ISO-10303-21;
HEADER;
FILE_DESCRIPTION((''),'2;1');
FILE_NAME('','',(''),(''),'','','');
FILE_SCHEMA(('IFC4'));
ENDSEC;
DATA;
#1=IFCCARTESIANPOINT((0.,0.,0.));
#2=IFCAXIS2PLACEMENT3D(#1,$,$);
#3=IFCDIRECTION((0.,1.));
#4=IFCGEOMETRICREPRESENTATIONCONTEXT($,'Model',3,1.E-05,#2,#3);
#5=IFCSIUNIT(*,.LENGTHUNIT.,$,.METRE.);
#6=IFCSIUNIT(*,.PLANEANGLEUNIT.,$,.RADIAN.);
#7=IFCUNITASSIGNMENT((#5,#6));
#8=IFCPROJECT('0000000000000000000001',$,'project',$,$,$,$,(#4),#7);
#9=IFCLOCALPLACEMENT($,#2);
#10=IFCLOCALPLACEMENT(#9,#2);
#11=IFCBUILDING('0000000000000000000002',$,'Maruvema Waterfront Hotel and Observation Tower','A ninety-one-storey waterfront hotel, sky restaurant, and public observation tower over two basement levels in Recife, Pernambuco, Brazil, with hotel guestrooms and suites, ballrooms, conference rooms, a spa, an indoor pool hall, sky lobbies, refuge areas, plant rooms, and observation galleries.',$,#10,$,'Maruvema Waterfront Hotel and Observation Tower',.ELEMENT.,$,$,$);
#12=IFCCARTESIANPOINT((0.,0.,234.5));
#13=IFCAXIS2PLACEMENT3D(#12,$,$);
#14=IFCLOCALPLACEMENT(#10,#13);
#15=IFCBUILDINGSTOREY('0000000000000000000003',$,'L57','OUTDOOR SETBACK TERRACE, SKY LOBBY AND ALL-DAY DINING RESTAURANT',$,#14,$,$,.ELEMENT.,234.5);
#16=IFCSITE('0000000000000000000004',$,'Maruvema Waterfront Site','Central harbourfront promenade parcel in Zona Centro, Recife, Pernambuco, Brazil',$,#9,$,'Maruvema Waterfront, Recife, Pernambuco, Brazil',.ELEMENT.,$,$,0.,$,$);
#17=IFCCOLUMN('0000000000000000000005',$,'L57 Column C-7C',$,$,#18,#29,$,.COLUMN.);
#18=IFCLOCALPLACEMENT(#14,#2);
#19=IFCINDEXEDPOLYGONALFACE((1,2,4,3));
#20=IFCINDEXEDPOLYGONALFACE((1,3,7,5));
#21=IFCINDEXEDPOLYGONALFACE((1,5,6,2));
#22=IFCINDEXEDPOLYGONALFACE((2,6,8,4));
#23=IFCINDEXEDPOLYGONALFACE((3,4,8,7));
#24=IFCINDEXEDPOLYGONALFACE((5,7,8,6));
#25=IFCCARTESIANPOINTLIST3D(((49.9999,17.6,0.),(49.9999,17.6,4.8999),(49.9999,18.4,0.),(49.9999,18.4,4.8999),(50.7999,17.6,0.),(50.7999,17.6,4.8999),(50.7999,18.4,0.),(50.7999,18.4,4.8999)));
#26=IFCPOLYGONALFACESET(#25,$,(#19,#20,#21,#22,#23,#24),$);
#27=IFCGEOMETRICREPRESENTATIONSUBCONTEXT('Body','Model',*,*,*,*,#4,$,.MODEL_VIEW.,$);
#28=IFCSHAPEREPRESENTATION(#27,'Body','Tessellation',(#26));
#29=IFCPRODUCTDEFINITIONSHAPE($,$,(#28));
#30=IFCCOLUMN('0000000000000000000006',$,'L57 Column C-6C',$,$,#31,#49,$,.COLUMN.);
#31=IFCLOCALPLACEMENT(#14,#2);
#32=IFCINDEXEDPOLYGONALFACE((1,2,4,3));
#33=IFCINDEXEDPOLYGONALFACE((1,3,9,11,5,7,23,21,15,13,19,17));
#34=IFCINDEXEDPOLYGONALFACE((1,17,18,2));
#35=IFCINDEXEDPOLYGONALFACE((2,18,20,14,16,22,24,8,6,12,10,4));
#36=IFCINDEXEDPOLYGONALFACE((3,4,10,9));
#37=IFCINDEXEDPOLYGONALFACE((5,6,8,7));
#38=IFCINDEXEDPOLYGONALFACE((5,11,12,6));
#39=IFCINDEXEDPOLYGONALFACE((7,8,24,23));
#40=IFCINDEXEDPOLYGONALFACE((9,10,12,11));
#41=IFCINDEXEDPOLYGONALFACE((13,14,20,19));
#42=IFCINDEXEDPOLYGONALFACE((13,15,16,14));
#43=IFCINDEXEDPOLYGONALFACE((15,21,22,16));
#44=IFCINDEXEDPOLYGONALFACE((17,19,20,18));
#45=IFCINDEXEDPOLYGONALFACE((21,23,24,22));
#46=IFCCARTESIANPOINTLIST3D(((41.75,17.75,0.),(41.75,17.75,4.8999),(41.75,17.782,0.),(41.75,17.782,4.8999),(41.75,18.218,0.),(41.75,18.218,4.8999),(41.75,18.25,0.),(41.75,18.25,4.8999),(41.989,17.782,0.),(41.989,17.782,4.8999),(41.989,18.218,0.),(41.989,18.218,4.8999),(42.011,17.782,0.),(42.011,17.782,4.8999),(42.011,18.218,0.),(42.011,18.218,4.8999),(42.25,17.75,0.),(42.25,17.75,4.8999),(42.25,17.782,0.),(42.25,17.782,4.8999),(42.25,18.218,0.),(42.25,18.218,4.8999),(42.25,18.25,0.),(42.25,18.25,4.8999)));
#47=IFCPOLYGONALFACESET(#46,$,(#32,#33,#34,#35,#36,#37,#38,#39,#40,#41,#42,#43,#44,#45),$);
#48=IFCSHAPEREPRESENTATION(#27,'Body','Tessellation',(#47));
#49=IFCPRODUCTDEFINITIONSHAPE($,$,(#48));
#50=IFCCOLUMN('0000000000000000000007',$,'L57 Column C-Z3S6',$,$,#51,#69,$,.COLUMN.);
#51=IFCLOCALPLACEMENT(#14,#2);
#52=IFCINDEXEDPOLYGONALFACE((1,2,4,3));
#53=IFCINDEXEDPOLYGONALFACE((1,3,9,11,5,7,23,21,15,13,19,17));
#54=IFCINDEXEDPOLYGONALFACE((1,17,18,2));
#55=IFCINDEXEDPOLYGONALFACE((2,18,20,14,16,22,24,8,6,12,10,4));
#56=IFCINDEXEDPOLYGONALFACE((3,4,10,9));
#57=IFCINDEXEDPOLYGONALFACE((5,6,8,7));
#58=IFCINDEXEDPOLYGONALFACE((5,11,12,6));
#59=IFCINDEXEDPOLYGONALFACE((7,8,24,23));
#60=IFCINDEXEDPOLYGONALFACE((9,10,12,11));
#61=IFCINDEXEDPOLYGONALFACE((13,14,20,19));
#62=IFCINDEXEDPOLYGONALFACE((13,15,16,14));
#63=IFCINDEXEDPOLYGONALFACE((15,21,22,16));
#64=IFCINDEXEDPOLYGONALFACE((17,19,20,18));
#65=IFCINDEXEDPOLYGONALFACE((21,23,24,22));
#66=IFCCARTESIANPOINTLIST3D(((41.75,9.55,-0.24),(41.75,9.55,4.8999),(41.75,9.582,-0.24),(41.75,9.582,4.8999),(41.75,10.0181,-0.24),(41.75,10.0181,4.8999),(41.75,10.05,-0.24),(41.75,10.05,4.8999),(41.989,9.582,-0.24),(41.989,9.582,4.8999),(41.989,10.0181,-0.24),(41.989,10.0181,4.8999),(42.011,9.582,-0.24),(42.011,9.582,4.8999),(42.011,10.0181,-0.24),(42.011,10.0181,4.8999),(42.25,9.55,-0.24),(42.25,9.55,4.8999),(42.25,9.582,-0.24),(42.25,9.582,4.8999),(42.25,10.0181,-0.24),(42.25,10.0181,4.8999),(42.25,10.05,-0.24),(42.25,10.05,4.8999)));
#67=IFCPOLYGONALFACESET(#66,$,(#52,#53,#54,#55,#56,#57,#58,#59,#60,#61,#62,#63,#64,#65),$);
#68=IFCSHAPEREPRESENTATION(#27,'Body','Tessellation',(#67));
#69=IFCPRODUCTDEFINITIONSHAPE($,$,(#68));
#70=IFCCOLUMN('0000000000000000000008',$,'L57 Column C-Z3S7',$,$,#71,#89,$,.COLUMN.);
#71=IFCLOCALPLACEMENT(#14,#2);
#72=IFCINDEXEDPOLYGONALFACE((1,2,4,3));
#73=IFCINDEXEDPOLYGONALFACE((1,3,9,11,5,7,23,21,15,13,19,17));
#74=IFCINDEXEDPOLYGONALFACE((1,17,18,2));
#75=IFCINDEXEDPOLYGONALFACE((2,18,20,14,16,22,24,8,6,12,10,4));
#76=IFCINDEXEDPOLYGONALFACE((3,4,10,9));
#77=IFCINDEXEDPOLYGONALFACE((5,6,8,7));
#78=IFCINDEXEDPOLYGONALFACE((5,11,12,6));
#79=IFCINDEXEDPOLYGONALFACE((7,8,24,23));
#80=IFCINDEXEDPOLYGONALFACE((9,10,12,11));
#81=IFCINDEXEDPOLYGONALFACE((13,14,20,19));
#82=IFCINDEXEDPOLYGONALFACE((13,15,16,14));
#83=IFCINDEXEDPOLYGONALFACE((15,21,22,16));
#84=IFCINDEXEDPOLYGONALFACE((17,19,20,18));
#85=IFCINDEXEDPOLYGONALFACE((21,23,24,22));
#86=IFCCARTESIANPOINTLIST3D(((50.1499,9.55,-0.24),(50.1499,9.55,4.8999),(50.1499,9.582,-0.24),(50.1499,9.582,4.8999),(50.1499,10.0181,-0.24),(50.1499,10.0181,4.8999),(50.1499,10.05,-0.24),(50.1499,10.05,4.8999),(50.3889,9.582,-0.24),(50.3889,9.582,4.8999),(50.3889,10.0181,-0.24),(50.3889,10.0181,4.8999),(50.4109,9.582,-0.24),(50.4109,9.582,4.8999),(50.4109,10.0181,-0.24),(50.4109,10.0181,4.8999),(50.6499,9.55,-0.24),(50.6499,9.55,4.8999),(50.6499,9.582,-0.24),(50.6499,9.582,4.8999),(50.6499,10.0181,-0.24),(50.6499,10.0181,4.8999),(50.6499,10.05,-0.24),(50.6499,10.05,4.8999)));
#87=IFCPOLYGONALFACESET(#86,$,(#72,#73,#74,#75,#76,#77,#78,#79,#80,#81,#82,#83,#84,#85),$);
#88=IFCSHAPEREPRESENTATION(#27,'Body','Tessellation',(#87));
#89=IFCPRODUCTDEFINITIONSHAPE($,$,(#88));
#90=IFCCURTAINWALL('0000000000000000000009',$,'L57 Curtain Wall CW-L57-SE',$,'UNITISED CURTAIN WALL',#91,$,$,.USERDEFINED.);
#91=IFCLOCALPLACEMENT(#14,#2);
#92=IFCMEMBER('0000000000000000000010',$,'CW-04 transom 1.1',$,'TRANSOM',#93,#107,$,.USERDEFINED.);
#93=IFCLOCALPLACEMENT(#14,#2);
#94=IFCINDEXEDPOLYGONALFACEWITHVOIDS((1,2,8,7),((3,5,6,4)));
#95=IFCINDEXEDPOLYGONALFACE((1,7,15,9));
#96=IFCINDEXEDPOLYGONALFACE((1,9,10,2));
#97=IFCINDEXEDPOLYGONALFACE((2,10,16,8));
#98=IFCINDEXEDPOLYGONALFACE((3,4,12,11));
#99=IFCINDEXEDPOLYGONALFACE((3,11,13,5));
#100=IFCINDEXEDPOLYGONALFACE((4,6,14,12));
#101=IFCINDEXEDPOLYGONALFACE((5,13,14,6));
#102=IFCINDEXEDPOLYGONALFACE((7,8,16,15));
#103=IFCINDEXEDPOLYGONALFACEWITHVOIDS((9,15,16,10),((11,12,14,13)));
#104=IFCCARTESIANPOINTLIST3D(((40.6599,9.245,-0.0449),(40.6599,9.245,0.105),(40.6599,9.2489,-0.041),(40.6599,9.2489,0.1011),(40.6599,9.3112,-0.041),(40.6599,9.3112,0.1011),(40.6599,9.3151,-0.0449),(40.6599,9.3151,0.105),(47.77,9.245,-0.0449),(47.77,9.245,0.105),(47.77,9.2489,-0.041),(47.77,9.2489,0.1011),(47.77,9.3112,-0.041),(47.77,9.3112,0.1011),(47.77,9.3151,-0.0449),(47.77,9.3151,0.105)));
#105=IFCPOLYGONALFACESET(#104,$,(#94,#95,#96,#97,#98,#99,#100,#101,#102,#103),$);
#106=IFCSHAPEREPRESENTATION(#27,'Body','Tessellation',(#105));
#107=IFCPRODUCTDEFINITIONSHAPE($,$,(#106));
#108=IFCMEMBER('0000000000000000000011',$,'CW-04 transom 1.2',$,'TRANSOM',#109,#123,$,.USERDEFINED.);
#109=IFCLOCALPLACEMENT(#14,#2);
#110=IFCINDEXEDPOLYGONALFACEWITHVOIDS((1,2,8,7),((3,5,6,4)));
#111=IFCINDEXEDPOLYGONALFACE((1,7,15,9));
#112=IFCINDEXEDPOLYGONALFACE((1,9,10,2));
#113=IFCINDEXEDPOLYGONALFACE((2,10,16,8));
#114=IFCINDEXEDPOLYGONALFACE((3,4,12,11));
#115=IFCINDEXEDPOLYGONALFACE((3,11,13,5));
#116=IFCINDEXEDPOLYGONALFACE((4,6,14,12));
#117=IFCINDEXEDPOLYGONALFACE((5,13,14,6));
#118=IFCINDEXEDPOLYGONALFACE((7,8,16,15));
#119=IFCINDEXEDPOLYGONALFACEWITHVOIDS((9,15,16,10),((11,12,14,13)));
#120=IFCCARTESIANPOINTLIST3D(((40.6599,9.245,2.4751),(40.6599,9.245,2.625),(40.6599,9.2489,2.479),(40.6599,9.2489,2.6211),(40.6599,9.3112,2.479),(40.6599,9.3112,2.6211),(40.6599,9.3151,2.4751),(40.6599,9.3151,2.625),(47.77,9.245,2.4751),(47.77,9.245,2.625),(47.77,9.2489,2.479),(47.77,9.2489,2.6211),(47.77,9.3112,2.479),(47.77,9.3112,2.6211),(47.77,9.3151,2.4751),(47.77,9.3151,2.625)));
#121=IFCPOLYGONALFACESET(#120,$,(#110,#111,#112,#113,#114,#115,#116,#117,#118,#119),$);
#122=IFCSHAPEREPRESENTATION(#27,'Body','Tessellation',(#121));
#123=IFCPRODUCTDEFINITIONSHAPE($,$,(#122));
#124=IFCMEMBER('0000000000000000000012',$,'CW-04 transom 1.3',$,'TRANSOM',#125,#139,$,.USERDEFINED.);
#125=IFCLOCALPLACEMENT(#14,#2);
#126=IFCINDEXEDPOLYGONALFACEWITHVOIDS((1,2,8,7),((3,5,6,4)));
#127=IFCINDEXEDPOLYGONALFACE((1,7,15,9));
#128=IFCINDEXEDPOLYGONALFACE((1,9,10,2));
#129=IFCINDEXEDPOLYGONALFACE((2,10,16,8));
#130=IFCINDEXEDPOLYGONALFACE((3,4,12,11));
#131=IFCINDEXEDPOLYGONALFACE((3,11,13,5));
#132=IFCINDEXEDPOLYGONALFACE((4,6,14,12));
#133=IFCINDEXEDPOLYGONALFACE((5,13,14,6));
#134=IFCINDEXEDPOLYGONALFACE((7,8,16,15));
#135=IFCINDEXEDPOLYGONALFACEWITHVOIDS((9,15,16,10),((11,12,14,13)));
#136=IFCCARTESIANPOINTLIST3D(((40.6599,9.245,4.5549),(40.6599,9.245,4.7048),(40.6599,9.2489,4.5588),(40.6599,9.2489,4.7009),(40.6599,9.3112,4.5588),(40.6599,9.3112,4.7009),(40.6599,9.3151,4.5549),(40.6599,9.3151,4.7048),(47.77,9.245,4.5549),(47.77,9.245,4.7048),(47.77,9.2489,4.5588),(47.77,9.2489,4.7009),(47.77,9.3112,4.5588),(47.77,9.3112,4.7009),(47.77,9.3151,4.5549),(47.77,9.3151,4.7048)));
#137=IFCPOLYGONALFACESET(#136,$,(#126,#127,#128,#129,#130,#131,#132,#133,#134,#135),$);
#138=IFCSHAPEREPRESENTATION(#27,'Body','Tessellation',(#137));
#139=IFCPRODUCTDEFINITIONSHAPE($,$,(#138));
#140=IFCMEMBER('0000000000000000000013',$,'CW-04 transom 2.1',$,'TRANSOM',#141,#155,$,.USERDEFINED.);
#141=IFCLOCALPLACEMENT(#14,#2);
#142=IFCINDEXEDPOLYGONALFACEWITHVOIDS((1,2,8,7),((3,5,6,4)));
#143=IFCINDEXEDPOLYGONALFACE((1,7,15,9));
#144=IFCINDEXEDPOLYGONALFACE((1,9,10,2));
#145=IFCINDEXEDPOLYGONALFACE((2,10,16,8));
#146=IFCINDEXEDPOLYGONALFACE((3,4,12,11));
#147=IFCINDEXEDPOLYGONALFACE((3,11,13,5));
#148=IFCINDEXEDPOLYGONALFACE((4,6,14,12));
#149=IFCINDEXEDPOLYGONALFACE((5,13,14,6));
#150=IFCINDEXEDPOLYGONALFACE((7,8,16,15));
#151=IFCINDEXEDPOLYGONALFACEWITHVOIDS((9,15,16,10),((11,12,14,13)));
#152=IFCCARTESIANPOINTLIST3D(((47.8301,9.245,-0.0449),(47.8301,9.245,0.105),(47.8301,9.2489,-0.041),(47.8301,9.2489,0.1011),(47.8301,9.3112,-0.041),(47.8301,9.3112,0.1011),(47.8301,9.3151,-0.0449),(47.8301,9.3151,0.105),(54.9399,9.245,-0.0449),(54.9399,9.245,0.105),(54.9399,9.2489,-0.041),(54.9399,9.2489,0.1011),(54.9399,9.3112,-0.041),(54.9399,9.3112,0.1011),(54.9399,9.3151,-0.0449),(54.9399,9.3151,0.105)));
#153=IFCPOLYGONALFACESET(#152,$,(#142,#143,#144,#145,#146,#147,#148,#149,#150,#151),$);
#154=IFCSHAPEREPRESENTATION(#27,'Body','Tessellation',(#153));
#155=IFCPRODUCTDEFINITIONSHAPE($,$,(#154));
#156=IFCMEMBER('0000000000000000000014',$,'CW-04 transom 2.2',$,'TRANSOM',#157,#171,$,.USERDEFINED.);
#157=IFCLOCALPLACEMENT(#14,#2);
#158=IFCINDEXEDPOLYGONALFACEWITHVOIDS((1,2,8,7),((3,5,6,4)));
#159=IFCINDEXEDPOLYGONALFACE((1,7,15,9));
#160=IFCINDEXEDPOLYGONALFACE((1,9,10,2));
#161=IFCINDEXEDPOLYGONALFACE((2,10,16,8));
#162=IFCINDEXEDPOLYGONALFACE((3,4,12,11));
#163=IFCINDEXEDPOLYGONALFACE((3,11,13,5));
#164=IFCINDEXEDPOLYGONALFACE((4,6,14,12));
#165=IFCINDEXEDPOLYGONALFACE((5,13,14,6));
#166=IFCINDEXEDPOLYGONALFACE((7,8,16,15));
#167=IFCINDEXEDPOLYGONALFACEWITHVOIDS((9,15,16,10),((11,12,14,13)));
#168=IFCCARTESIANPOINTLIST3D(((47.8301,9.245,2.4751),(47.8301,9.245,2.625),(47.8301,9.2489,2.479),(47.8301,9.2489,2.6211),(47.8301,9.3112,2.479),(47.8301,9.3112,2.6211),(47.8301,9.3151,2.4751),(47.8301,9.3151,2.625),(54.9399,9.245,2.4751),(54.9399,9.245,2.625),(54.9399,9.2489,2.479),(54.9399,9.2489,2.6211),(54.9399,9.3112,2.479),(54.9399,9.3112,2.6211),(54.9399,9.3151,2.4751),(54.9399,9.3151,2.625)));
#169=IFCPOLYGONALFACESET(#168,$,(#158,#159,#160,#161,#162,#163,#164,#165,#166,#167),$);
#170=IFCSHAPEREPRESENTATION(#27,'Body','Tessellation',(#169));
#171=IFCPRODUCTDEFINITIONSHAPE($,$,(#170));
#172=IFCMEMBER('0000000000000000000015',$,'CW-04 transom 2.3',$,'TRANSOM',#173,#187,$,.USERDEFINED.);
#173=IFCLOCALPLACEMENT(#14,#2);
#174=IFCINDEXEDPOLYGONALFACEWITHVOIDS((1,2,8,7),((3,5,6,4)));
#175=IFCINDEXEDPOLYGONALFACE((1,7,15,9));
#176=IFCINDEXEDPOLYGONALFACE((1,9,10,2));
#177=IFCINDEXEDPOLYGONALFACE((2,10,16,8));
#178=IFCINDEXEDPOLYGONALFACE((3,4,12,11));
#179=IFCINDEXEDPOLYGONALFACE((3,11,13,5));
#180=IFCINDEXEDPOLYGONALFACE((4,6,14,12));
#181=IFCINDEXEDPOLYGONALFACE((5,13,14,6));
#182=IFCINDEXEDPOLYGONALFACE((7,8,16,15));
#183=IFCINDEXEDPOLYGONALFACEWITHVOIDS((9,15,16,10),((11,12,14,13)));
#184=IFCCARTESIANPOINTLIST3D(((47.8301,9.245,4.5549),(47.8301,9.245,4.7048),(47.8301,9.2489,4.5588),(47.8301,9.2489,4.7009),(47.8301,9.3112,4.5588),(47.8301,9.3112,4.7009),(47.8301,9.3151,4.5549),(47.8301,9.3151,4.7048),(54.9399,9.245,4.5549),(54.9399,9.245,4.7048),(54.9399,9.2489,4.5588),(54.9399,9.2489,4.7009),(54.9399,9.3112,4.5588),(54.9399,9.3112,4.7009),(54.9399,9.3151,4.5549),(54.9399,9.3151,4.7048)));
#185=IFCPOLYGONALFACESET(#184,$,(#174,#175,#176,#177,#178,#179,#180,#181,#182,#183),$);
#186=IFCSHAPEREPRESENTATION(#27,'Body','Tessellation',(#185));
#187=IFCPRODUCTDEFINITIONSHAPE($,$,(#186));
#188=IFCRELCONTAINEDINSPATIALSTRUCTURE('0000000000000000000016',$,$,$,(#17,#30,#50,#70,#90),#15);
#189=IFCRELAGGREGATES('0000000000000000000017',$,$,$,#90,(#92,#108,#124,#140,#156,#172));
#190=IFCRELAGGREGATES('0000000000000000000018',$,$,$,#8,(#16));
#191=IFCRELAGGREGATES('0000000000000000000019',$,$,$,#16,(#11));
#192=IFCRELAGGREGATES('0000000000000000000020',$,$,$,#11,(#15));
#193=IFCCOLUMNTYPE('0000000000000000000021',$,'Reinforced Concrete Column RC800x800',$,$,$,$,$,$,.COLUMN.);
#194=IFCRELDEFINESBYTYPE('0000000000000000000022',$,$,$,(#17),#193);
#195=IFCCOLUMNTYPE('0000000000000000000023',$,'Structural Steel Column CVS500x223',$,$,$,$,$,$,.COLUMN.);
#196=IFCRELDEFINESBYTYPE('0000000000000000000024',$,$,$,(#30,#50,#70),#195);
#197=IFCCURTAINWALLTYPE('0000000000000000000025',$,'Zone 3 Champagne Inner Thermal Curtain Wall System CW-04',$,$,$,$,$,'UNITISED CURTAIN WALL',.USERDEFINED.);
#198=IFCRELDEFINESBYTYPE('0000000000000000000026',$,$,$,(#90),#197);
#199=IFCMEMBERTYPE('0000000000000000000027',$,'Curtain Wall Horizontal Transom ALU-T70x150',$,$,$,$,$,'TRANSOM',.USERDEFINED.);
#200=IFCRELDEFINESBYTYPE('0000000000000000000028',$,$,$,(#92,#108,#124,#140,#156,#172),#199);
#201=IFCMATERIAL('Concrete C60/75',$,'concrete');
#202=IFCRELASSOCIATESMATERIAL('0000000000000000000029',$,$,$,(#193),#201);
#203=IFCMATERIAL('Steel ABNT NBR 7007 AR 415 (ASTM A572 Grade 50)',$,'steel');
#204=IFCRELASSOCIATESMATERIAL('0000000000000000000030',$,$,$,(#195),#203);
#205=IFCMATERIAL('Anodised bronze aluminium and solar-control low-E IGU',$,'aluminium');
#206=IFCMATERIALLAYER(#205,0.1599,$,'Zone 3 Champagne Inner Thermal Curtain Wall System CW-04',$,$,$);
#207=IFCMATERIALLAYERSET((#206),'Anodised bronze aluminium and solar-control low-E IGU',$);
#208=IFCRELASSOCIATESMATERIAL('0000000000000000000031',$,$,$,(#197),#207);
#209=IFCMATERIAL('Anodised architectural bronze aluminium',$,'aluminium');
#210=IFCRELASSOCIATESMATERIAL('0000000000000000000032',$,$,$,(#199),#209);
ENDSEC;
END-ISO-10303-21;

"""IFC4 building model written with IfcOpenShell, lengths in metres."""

from ifc_helpers import new_model, si_unit, direction, frame, origin, origin_2d, place, context, subcontext, project, spatial, rectangle, hollow_rectangle, i_section, extrude, material, layer, layer_set, material_profile, profile_set, type_object, element, aggregate, save


model = new_model("IFC4")

# Units and contexts
model_context = context("Model", 3, precision=1e-05, world=origin(), true_north=direction((0.0, 1.0)))
body_context = subcontext(model_context, "Body", "Model", "MODEL_VIEW")
ifc_project = project(units=[si_unit("LENGTHUNIT", "METRE"), si_unit("PLANEANGLEUNIT", "RADIAN")], contexts=[model_context])

# Site, building, storey
site_placement = place(None, origin())
site = spatial("IfcSite", under=ifc_project, at=site_placement, Name="Maruvema Waterfront Site", Description="Central harbourfront promenade parcel in Zona Centro, Recife, Pernambuco, Brazil", LongName="Maruvema Waterfront, Recife, Pernambuco, Brazil", CompositionType="ELEMENT", RefElevation=0.0)
building_placement = place(site_placement, origin())
building = spatial("IfcBuilding", under=site, at=building_placement, Name="Maruvema Waterfront Hotel and Observation Tower", Description="A ninety-one-storey waterfront hotel, sky restaurant, and public observation tower over two basement levels in Recife, Pernambuco, Brazil, with hotel guestrooms and suites, ballrooms, conference rooms, a spa, an indoor pool hall, sky lobbies, refuge areas, plant rooms, and observation galleries.", LongName="Maruvema Waterfront Hotel and Observation Tower", CompositionType="ELEMENT")
storey_placement = place(building_placement, frame((0.0, 0.0, 234.5)))
storey = spatial("IfcBuildingStorey", under=building, at=storey_placement, Name="L57", Description="OUTDOOR SETBACK TERRACE, SKY LOBBY AND ALL-DAY DINING RESTAURANT", CompositionType="ELEMENT", Elevation=234.5)

# Columns
ifc_material_1 = material(Name="Concrete C60/75", Category="concrete")
ifc_material_profile_1 = material_profile(ifc_material_1, rectangle(XDim=0.8, YDim=0.8, at=origin_2d()), Name="RC800x800")
ifc_profile_set_1 = profile_set([ifc_material_profile_1], Name="Concrete C60/75")
column_type_1 = type_object("IfcColumnType", Name="Reinforced Concrete Column RC800x800", PredefinedType="COLUMN", material=ifc_profile_set_1)
column_1_placement = place(storey_placement, frame((50.3999, 18.0, 0.0), z_axis=(0.0, 0.0, 1.0), x_axis=(1.0, 0.0, 0.0)))
element("IfcColumn", 1, at=column_1_placement, inside=storey, type_object=column_type_1, Name="L57 Column C-7C", PredefinedType="COLUMN", context=body_context, shape_type="SweptSolid", body=[
    extrude(rectangle(XDim=0.8, YDim=0.8, at=origin_2d()), origin(), (0.0, 0.0, 1.0), 4.8999),
])
ifc_material_2 = material(Name="Steel ABNT NBR 7007 AR 415 (ASTM A572 Grade 50)", Category="steel")
ifc_material_profile_2 = material_profile(ifc_material_2, i_section(OverallWidth=0.5, OverallDepth=0.5, WebThickness=0.022, FlangeThickness=0.032, at=origin_2d()), Name="CVS500x223")
ifc_profile_set_2 = profile_set([ifc_material_profile_2], Name="Steel ABNT NBR 7007 AR 415 (ASTM A572 Grade 50)")
column_type_2 = type_object("IfcColumnType", Name="Structural Steel Column CVS500x223", PredefinedType="COLUMN", material=ifc_profile_set_2)
column_2_placement = place(storey_placement, frame((42.0, 18.0, 0.0), z_axis=(0.0, 0.0, 1.0), x_axis=(1.0, 0.0, 0.0)))
element("IfcColumn", 2, at=column_2_placement, inside=storey, type_object=column_type_2, Name="L57 Column C-6C", PredefinedType="COLUMN", context=body_context, shape_type="SweptSolid", body=[
    extrude(i_section(OverallWidth=0.5, OverallDepth=0.5, WebThickness=0.022, FlangeThickness=0.032, at=origin_2d()), origin(), (0.0, 0.0, 1.0), 4.8999),
])
for number, where, z_axis, x_axis, name in (
    (3, (42.0, 9.8, -0.24), (0.0, 0.0, 1.0), (1.0, 0.0, 0.0), "L57 Column C-Z3S6"),
    (4, (50.3999, 9.8, -0.24), (0.0, 0.0, 1.0), (1.0, 0.0, 0.0), "L57 Column C-Z3S7"),
):
    element("IfcColumn", number, at=place(storey_placement, frame(where, z_axis=z_axis, x_axis=x_axis)), inside=storey, type_object=column_type_2, Name=name, PredefinedType="COLUMN", context=body_context, shape_type="SweptSolid", body=[
        extrude(i_section(OverallWidth=0.5, OverallDepth=0.5, WebThickness=0.022, FlangeThickness=0.032, at=origin_2d()), origin(), (0.0, 0.0, 1.0), 5.1399),
    ])

# Curtain wall, members
ifc_material_3 = material(Name="Anodised bronze aluminium and solar-control low-E IGU", Category="aluminium")
ifc_layer_1 = layer(ifc_material_3, 0.1599, Name="Zone 3 Champagne Inner Thermal Curtain Wall System CW-04")
ifc_layer_set_1 = layer_set([ifc_layer_1], Name="Anodised bronze aluminium and solar-control low-E IGU")
curtain_wall_type = type_object("IfcCurtainWallType", Name="Zone 3 Champagne Inner Thermal Curtain Wall System CW-04", ElementType="UNITISED CURTAIN WALL", PredefinedType="USERDEFINED", material=ifc_layer_set_1)
curtain_wall_placement = place(storey_placement, origin())
curtain_wall = element("IfcCurtainWall", 5, at=curtain_wall_placement, inside=storey, type_object=curtain_wall_type, Name="L57 Curtain Wall CW-L57-SE", ObjectType="UNITISED CURTAIN WALL", PredefinedType="USERDEFINED")
ifc_material_4 = material(Name="Anodised architectural bronze aluminium", Category="aluminium")
ifc_material_profile_3 = material_profile(ifc_material_4, hollow_rectangle(XDim=0.0701, YDim=0.1499, WallThickness=0.0039, at=origin_2d()), Name="ALU-T70x150")
ifc_profile_set_3 = profile_set([ifc_material_profile_3], Name="Anodised architectural bronze aluminium")
member_type_1 = type_object("IfcMemberType", Name="Curtain Wall Horizontal Transom ALU-T70x150", ElementType="TRANSOM", PredefinedType="USERDEFINED", material=ifc_profile_set_3)
member_1_placement = place(storey_placement, frame((40.6599, 9.28, 0.03), z_axis=(1.0, 0.0, 0.0), x_axis=(0.0, 1.0, 0.0)))
member_1 = element("IfcMember", 6, at=member_1_placement, type_object=member_type_1, Name="CW-04 transom 1.1", ObjectType="TRANSOM", PredefinedType="USERDEFINED", context=body_context, shape_type="SweptSolid", body=[
    extrude(hollow_rectangle(XDim=0.0701, YDim=0.1499, WallThickness=0.0039, at=origin_2d()), origin(), (0.0, 0.0, 1.0), 7.1101),
])
member_2_placement = place(storey_placement, frame((40.6599, 9.28, 2.55), z_axis=(1.0, 0.0, 0.0), x_axis=(0.0, 1.0, 0.0)))
member_2 = element("IfcMember", 7, at=member_2_placement, type_object=member_type_1, Name="CW-04 transom 1.2", ObjectType="TRANSOM", PredefinedType="USERDEFINED", context=body_context, shape_type="SweptSolid", body=[
    extrude(hollow_rectangle(XDim=0.0701, YDim=0.1499, WallThickness=0.0039, at=origin_2d()), origin(), (0.0, 0.0, 1.0), 7.1101),
])
member_3_placement = place(storey_placement, frame((40.6599, 9.28, 4.6299), z_axis=(1.0, 0.0, 0.0), x_axis=(0.0, 1.0, 0.0)))
member_3 = element("IfcMember", 8, at=member_3_placement, type_object=member_type_1, Name="CW-04 transom 1.3", ObjectType="TRANSOM", PredefinedType="USERDEFINED", context=body_context, shape_type="SweptSolid", body=[
    extrude(hollow_rectangle(XDim=0.0701, YDim=0.1499, WallThickness=0.0039, at=origin_2d()), origin(), (0.0, 0.0, 1.0), 7.1101),
])
member_4_placement = place(storey_placement, frame((47.8301, 9.28, 0.03), z_axis=(1.0, 0.0, 0.0), x_axis=(0.0, 1.0, 0.0)))
member_4 = element("IfcMember", 9, at=member_4_placement, type_object=member_type_1, Name="CW-04 transom 2.1", ObjectType="TRANSOM", PredefinedType="USERDEFINED", context=body_context, shape_type="SweptSolid", body=[
    extrude(hollow_rectangle(XDim=0.0701, YDim=0.1499, WallThickness=0.0039, at=origin_2d()), origin(), (0.0, 0.0, 1.0), 7.1099),
])
member_5_placement = place(storey_placement, frame((47.8301, 9.28, 2.55), z_axis=(1.0, 0.0, 0.0), x_axis=(0.0, 1.0, 0.0)))
member_5 = element("IfcMember", 10, at=member_5_placement, type_object=member_type_1, Name="CW-04 transom 2.2", ObjectType="TRANSOM", PredefinedType="USERDEFINED", context=body_context, shape_type="SweptSolid", body=[
    extrude(hollow_rectangle(XDim=0.0701, YDim=0.1499, WallThickness=0.0039, at=origin_2d()), origin(), (0.0, 0.0, 1.0), 7.1099),
])
member_6_placement = place(storey_placement, frame((47.8301, 9.28, 4.6299), z_axis=(1.0, 0.0, 0.0), x_axis=(0.0, 1.0, 0.0)))
member_6 = element("IfcMember", 11, at=member_6_placement, type_object=member_type_1, Name="CW-04 transom 2.3", ObjectType="TRANSOM", PredefinedType="USERDEFINED", context=body_context, shape_type="SweptSolid", body=[
    extrude(hollow_rectangle(XDim=0.0701, YDim=0.1499, WallThickness=0.0039, at=origin_2d()), origin(), (0.0, 0.0, 1.0), 7.1099),
])

aggregate(curtain_wall, [member_1, member_2, member_3, member_4, member_5, member_6])

save(model, "model.ifc")
